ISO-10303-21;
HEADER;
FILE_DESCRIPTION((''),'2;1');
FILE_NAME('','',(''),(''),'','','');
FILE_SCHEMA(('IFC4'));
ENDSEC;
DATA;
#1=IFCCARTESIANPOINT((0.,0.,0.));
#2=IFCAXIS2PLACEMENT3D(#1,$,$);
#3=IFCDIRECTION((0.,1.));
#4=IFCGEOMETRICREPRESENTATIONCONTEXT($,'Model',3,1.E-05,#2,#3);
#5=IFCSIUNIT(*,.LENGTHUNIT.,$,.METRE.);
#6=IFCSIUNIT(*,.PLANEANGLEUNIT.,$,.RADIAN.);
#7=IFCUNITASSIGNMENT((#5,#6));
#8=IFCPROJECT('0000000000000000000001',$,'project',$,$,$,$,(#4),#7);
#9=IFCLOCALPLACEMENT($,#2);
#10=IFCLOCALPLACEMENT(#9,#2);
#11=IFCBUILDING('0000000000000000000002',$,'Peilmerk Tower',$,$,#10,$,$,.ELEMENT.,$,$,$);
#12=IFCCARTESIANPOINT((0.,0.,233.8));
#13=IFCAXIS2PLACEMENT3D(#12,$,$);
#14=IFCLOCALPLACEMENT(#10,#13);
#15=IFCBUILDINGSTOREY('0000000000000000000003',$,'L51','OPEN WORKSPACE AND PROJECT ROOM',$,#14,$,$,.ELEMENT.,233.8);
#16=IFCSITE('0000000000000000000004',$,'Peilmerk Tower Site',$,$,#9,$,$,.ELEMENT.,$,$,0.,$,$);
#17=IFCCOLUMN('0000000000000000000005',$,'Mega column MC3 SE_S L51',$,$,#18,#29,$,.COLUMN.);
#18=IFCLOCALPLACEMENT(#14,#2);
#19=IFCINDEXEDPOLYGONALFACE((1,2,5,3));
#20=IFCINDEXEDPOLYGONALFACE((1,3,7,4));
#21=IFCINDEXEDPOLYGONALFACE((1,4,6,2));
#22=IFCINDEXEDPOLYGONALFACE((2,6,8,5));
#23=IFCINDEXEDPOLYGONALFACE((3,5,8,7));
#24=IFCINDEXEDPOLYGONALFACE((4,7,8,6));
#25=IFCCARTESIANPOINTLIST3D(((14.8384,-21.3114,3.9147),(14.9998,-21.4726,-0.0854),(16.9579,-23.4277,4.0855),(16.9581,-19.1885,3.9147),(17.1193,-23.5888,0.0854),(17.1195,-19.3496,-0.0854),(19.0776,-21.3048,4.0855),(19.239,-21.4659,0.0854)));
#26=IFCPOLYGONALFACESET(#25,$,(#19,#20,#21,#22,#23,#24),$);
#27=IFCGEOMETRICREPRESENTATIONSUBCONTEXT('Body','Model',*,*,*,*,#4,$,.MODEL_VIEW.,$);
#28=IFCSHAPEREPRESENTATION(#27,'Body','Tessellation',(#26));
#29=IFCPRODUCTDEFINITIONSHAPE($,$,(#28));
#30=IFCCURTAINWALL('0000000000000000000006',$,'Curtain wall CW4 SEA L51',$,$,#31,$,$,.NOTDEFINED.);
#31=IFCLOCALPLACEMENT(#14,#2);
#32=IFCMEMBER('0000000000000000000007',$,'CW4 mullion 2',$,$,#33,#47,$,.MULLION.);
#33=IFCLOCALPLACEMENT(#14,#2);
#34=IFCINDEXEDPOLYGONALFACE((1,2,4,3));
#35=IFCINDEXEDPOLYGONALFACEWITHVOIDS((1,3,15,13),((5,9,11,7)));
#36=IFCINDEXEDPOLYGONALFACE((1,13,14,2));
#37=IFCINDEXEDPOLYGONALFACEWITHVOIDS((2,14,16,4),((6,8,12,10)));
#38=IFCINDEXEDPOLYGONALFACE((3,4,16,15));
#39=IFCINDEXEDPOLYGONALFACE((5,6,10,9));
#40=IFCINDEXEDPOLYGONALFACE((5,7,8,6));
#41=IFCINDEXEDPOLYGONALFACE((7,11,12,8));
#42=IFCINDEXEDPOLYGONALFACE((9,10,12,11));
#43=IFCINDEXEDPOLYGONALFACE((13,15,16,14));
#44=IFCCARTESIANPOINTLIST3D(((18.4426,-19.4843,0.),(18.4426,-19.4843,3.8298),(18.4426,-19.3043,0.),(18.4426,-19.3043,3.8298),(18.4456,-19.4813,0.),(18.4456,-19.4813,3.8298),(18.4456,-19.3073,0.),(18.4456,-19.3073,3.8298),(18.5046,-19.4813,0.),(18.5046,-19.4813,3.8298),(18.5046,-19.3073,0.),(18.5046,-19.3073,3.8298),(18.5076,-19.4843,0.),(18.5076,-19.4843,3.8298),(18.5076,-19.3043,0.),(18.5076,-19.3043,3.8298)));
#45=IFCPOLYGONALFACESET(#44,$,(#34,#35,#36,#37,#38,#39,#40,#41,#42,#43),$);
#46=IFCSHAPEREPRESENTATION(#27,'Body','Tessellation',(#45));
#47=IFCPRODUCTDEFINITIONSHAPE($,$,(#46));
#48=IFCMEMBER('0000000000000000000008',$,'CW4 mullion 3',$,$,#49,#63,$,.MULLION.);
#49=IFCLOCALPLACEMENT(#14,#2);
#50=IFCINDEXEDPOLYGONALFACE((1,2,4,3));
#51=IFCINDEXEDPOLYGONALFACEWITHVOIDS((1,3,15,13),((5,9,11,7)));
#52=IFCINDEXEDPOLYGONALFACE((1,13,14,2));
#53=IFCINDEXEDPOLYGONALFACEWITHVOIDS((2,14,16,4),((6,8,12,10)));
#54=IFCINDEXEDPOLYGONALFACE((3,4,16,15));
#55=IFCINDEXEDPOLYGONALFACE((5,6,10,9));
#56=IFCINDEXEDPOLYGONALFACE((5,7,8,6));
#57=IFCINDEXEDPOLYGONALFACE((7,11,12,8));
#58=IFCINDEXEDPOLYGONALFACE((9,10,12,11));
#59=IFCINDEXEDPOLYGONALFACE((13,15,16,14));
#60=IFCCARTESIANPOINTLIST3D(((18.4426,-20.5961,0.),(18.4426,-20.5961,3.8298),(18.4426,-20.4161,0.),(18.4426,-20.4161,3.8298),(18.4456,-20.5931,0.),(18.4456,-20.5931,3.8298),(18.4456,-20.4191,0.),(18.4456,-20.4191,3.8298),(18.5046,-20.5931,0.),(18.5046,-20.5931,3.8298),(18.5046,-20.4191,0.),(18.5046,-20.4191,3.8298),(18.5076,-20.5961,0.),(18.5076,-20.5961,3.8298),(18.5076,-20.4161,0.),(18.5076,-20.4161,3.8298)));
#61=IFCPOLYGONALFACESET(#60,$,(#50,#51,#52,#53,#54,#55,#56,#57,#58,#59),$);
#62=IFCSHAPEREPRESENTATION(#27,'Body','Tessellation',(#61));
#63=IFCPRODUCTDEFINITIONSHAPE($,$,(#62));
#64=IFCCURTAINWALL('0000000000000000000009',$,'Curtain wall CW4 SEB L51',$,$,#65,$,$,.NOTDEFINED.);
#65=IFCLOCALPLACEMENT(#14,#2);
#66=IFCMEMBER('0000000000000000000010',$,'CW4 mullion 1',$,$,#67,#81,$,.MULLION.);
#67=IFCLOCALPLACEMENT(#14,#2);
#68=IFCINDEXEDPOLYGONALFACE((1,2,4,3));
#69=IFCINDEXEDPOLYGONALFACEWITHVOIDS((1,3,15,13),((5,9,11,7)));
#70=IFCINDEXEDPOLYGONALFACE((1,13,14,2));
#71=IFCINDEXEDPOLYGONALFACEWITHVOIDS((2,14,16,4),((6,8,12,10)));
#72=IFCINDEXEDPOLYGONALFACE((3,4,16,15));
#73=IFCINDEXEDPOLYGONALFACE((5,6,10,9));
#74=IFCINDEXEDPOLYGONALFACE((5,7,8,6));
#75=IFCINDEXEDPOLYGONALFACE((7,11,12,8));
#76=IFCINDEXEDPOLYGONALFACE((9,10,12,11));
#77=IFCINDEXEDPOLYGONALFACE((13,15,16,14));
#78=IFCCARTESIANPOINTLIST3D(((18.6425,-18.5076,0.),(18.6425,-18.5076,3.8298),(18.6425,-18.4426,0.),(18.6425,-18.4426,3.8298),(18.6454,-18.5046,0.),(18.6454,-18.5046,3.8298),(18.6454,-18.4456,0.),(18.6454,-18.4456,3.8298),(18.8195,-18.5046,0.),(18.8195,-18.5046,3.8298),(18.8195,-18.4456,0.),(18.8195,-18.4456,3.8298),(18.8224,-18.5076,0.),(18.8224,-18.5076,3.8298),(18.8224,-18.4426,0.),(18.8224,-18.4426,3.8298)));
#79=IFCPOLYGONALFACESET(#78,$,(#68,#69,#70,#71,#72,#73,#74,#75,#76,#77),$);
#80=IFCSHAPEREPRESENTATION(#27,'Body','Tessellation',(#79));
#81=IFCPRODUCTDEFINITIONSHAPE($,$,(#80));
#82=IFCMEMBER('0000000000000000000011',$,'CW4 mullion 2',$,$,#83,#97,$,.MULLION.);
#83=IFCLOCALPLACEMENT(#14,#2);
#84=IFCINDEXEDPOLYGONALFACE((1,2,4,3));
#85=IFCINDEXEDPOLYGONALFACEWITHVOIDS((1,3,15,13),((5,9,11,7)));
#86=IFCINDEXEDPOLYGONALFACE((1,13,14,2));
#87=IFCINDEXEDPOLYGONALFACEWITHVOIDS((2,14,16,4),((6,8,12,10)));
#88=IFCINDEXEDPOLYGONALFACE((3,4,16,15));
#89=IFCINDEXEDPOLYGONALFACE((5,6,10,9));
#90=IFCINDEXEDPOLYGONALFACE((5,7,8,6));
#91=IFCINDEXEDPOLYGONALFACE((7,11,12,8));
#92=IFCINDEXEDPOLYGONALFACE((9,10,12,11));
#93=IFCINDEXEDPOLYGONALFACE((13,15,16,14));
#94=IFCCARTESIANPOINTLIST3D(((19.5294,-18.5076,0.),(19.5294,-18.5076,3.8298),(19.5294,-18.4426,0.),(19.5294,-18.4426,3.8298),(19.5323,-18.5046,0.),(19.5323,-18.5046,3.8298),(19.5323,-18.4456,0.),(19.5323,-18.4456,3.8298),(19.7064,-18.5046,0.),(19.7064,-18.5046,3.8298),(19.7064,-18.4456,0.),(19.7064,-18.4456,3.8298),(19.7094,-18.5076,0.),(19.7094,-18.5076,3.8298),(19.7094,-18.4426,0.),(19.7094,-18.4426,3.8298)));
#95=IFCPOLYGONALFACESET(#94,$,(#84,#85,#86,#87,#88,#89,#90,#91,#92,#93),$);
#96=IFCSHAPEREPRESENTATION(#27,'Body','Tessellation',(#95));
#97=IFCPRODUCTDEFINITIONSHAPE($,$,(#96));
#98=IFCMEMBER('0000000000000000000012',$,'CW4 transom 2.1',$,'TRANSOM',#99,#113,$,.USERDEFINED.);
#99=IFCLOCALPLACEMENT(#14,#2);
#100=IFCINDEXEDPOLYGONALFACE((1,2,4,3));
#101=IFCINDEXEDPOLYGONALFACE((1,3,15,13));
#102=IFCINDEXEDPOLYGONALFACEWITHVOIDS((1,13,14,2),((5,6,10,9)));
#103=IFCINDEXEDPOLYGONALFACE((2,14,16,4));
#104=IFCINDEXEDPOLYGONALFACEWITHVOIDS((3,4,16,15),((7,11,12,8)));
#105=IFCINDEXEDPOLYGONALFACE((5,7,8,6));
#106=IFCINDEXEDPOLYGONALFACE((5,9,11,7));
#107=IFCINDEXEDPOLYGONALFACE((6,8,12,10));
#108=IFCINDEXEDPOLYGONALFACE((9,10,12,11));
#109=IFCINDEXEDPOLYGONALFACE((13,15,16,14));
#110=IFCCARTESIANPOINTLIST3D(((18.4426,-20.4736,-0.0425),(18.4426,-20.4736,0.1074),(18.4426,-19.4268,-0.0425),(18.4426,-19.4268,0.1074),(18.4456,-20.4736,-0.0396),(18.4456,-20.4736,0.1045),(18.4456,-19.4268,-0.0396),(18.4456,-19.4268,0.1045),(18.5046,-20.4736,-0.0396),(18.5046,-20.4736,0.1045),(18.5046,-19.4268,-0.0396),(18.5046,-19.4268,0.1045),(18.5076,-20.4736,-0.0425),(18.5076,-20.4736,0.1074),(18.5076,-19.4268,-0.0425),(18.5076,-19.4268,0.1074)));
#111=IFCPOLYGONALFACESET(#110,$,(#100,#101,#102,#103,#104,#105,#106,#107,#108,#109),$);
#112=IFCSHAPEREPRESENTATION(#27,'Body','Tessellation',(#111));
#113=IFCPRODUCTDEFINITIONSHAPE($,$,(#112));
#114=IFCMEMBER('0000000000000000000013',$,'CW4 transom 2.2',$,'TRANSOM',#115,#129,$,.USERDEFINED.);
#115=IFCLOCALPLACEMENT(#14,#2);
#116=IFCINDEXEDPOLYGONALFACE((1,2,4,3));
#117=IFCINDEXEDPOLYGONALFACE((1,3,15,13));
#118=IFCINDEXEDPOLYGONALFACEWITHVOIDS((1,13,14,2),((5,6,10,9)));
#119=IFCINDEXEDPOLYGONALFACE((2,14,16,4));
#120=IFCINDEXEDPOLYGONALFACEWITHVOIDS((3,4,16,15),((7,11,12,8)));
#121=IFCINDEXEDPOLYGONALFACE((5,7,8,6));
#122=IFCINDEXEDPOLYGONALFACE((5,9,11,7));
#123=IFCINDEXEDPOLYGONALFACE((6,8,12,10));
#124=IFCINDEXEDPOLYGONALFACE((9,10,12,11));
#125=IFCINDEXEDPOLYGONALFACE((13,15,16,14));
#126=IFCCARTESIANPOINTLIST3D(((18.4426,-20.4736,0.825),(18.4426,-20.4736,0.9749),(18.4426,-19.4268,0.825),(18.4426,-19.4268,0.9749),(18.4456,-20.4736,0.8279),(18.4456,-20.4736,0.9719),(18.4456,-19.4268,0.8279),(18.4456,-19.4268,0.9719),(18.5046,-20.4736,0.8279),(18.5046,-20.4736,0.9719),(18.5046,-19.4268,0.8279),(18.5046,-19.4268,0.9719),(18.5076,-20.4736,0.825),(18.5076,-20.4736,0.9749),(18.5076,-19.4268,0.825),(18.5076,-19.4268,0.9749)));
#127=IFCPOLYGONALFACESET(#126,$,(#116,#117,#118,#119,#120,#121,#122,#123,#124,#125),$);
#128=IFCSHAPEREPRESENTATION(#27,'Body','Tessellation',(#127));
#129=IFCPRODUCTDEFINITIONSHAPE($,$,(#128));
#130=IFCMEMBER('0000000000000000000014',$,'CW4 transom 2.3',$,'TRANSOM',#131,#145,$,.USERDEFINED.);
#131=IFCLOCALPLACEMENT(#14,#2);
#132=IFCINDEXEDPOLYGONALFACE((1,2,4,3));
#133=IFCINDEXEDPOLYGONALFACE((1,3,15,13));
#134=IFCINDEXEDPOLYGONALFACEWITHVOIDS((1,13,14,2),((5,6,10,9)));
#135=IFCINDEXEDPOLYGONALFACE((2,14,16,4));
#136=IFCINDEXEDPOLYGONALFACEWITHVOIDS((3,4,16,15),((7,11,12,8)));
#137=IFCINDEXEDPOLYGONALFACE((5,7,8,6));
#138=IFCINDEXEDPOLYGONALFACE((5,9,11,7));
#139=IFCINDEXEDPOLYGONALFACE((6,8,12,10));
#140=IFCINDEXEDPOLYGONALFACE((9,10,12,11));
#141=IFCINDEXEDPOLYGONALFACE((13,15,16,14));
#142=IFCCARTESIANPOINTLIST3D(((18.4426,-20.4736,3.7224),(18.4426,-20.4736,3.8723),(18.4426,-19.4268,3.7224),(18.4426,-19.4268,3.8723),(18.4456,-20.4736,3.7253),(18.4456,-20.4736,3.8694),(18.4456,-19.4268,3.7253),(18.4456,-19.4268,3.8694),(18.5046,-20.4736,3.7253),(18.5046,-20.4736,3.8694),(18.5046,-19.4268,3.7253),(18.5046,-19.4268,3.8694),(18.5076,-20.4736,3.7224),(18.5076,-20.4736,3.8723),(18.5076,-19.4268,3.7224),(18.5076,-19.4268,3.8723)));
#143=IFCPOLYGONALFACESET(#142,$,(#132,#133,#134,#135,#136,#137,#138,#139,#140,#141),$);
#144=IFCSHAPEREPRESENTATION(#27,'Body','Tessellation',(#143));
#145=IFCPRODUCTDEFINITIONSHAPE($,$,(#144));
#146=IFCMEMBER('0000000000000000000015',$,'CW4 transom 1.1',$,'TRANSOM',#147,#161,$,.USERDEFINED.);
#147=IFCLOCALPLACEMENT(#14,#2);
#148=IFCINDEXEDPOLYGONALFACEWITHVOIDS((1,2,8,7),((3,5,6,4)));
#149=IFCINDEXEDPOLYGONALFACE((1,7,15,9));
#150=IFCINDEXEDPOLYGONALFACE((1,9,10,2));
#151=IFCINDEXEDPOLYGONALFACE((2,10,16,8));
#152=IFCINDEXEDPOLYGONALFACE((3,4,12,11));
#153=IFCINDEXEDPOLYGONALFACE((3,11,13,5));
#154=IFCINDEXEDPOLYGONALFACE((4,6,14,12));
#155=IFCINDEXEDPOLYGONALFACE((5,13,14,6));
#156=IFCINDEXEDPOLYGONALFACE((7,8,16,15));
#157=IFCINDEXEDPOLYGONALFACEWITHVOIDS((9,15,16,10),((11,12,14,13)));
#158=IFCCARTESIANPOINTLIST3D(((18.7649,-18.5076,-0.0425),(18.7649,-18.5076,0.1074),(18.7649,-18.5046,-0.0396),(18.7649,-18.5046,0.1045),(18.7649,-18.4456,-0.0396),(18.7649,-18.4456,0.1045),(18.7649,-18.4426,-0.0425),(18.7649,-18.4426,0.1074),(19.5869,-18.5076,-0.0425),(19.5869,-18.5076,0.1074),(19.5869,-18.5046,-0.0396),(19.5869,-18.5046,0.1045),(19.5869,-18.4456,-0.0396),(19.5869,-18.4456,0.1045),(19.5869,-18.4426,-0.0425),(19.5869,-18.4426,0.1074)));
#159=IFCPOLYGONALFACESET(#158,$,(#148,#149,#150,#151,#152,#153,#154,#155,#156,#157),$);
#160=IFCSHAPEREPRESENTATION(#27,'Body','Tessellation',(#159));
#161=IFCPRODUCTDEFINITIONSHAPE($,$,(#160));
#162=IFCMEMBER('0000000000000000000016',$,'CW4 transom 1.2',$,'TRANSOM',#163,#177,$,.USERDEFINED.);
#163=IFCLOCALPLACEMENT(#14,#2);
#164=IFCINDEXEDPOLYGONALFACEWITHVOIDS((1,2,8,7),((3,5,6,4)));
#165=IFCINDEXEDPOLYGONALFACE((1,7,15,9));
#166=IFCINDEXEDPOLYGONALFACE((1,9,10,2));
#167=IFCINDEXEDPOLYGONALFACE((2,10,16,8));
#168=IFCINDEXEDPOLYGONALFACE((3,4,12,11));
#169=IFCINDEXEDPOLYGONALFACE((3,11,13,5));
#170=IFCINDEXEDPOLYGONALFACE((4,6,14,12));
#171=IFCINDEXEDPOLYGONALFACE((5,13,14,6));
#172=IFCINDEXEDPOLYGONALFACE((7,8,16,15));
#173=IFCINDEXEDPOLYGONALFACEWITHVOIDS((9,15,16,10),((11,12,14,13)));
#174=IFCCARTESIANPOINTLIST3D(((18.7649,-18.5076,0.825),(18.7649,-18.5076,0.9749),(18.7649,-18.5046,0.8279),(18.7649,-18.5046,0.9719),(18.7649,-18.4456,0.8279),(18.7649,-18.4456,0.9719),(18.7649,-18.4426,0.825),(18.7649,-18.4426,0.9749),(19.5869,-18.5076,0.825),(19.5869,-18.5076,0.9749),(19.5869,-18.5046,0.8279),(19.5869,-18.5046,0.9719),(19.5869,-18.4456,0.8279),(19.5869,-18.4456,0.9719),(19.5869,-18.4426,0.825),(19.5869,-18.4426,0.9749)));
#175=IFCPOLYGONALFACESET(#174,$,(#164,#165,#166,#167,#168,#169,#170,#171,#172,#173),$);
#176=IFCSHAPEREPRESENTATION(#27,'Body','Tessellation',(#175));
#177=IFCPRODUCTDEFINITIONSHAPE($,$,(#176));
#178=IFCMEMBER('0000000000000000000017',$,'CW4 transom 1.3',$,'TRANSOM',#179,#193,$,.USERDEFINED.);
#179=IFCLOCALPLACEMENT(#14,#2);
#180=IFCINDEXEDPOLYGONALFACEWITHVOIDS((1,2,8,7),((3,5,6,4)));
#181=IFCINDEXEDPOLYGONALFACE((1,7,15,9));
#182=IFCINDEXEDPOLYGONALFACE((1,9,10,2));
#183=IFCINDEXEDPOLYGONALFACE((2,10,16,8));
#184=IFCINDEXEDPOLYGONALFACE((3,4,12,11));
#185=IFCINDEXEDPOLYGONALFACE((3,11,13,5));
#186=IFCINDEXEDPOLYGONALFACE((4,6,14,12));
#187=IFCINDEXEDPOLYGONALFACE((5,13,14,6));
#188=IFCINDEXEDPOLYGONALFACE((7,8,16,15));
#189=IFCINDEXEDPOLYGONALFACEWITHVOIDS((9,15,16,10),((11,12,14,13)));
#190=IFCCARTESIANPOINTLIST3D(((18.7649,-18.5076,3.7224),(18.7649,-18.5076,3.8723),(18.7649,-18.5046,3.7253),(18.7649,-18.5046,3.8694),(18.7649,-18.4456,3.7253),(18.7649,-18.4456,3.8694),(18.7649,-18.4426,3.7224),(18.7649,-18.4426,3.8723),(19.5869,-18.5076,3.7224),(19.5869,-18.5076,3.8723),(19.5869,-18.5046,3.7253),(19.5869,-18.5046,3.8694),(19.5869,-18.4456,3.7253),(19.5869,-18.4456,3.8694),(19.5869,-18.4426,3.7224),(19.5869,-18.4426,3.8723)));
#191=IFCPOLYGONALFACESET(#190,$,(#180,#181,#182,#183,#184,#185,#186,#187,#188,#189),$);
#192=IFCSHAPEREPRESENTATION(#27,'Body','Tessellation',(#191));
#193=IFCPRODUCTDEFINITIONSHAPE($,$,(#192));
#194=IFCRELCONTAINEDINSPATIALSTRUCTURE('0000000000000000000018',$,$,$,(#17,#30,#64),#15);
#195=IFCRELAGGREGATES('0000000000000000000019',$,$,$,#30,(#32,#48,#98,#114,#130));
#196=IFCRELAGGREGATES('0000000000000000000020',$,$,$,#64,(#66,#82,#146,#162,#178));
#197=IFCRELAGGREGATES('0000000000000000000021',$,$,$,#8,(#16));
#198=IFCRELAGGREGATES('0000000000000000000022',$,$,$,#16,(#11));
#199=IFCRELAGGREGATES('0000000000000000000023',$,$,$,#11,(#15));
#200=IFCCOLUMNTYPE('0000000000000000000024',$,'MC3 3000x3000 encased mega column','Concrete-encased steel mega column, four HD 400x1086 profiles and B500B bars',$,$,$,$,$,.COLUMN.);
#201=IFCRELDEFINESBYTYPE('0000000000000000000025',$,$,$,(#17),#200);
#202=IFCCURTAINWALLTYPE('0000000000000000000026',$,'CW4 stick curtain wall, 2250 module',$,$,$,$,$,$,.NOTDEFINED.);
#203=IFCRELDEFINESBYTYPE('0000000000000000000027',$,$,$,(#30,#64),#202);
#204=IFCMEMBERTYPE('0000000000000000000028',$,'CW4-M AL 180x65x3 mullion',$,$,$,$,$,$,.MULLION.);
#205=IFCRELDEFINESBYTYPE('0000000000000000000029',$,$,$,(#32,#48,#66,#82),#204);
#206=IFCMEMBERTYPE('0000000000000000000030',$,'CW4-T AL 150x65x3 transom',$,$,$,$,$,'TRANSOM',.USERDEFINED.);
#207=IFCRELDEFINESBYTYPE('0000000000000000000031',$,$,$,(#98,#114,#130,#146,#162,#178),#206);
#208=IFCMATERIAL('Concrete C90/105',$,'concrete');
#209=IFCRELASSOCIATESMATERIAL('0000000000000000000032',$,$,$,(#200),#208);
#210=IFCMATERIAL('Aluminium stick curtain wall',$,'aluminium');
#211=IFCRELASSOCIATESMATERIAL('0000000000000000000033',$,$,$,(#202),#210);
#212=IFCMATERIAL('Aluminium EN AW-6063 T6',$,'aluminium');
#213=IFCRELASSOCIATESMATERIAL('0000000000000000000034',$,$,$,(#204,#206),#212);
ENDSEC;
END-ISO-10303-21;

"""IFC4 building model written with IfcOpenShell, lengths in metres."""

from ifc_helpers import new_model, si_unit, direction, frame, origin, origin_2d, place, context, subcontext, project, spatial, rectangle, hollow_rectangle, extrude, material, material_profile, profile_set, type_object, element, aggregate, save


model = new_model("IFC4")

# Units and contexts
model_context = context("Model", 3, precision=1e-05, world=origin(), true_north=direction((0.0, 1.0)))
body_context = subcontext(model_context, "Body", "Model", "MODEL_VIEW")
ifc_project = project(units=[si_unit("LENGTHUNIT", "METRE"), si_unit("PLANEANGLEUNIT", "RADIAN")], contexts=[model_context])

# Site, building, storey
site_placement = place(None, origin())
site = spatial("IfcSite", under=ifc_project, at=site_placement, Name="Peilmerk Tower Site", CompositionType="ELEMENT", RefElevation=0.0)
building_placement = place(site_placement, origin())
building = spatial("IfcBuilding", under=site, at=building_placement, Name="Peilmerk Tower", CompositionType="ELEMENT")
storey_placement = place(building_placement, frame((0.0, 0.0, 233.8)))
storey = spatial("IfcBuildingStorey", under=building, at=storey_placement, Name="L51", Description="OPEN WORKSPACE AND PROJECT ROOM", CompositionType="ELEMENT", Elevation=233.8)

# Column
ifc_material_1 = material(Name="Concrete C90/105", Category="concrete")
ifc_material_profile_1 = material_profile(ifc_material_1, rectangle(XDim=3.0, YDim=3.0, at=origin_2d()), Name="RC 3000x3000")
ifc_profile_set_1 = profile_set([ifc_material_profile_1], Name="Concrete C90/105")
column_type = type_object("IfcColumnType", Name="MC3 3000x3000 encased mega column", Description="Concrete-encased steel mega column, four HD 400x1086 profiles and B500B bars", PredefinedType="COLUMN", material=ifc_profile_set_1)
column_placement = place(storey_placement, frame((17.1194, -21.4692, 0.0), z_axis=(-0.040279, 0.040218, 0.998379), x_axis=(-0.706571, -0.707642, 0.0)))
element("IfcColumn", 1, at=column_placement, inside=storey, type_object=column_type, Name="Mega column MC3 SE_S L51", PredefinedType="COLUMN", context=body_context, shape_type="SweptSolid", body=[
    extrude(rectangle(XDim=3.0, YDim=3.0, at=origin_2d()), origin(), (0.0, 0.0, 1.0), 4.0066),
])

# Curtain walls, members
ifc_material_2 = material(Name="Aluminium stick curtain wall", Category="aluminium")
curtain_wall_type = type_object("IfcCurtainWallType", Name="CW4 stick curtain wall, 2250 module", PredefinedType="NOTDEFINED", material=ifc_material_2)
curtain_wall_1_placement = place(storey_placement, origin())
curtain_wall_1 = element("IfcCurtainWall", 2, at=curtain_wall_1_placement, inside=storey, type_object=curtain_wall_type, Name="Curtain wall CW4 SEA L51", PredefinedType="NOTDEFINED")
ifc_material_3 = material(Name="Aluminium EN AW-6063 T6", Category="aluminium")
ifc_material_profile_2 = material_profile(ifc_material_3, hollow_rectangle(XDim=0.0649, YDim=0.1799, WallThickness=0.0029, at=origin_2d()), Name="AL 180x65x3")
ifc_profile_set_2 = profile_set([ifc_material_profile_2], Name="Aluminium EN AW-6063 T6")
member_type_1 = type_object("IfcMemberType", Name="CW4-M AL 180x65x3 mullion", PredefinedType="MULLION", material=ifc_profile_set_2)
member_1_placement = place(storey_placement, frame((18.4751, -19.3943, 0.0), z_axis=(0.0, 0.0, 1.0), x_axis=(1.0, 0.0, 0.0)))
member_1 = element("IfcMember", 3, at=member_1_placement, type_object=member_type_1, Name="CW4 mullion 2", PredefinedType="MULLION", context=body_context, shape_type="SweptSolid", body=[
    extrude(hollow_rectangle(XDim=0.0649, YDim=0.1799, WallThickness=0.0029, at=origin_2d()), origin(), (0.0, 0.0, 1.0), 3.8298),
])
member_2_placement = place(storey_placement, frame((18.4751, -20.5061, 0.0), z_axis=(0.0, 0.0, 1.0), x_axis=(1.0, 0.0, 0.0)))
member_2 = element("IfcMember", 4, at=member_2_placement, type_object=member_type_1, Name="CW4 mullion 3", PredefinedType="MULLION", context=body_context, shape_type="SweptSolid", body=[
    extrude(hollow_rectangle(XDim=0.0649, YDim=0.1799, WallThickness=0.0029, at=origin_2d()), origin(), (0.0, 0.0, 1.0), 3.8298),
])
curtain_wall_2_placement = place(storey_placement, origin())
curtain_wall_2 = element("IfcCurtainWall", 5, at=curtain_wall_2_placement, inside=storey, type_object=curtain_wall_type, Name="Curtain wall CW4 SEB L51", PredefinedType="NOTDEFINED")
member_3_placement = place(storey_placement, frame((18.7324, -18.4751, 0.0), z_axis=(0.0, 0.0, 1.0), x_axis=(0.0, 1.0, 0.0)))
member_3 = element("IfcMember", 6, at=member_3_placement, type_object=member_type_1, Name="CW4 mullion 1", PredefinedType="MULLION", context=body_context, shape_type="SweptSolid", body=[
    extrude(hollow_rectangle(XDim=0.0649, YDim=0.1799, WallThickness=0.0029, at=origin_2d()), origin(), (0.0, 0.0, 1.0), 3.8298),
])
member_4_placement = place(storey_placement, frame((19.6194, -18.4751, 0.0), z_axis=(0.0, 0.0, 1.0), x_axis=(0.0, 1.0, 0.0)))
member_4 = element("IfcMember", 7, at=member_4_placement, type_object=member_type_1, Name="CW4 mullion 2", PredefinedType="MULLION", context=body_context, shape_type="SweptSolid", body=[
    extrude(hollow_rectangle(XDim=0.0649, YDim=0.1799, WallThickness=0.0029, at=origin_2d()), origin(), (0.0, 0.0, 1.0), 3.8298),
])

# Members
ifc_material_profile_3 = material_profile(ifc_material_3, hollow_rectangle(XDim=0.0649, YDim=0.1499, WallThickness=0.0029, at=origin_2d()), Name="AL 150x65x3")
ifc_profile_set_3 = profile_set([ifc_material_profile_3], Name="Aluminium EN AW-6063 T6")
member_type_2 = type_object("IfcMemberType", Name="CW4-T AL 150x65x3 transom", ElementType="TRANSOM", PredefinedType="USERDEFINED", material=ifc_profile_set_3)
member_5_placement = place(storey_placement, frame((18.4751, -19.4268, 0.0325), z_axis=(0.0, -1.0, 0.0), x_axis=(1.0, 0.0, 0.0)))
member_5 = element("IfcMember", 8, at=member_5_placement, type_object=member_type_2, Name="CW4 transom 2.1", ObjectType="TRANSOM", PredefinedType="USERDEFINED", context=body_context, shape_type="SweptSolid", body=[
    extrude(hollow_rectangle(XDim=0.0649, YDim=0.1499, WallThickness=0.0029, at=origin_2d()), origin(), (0.0, 0.0, 1.0), 1.0469),
])
member_6_placement = place(storey_placement, frame((18.4751, -19.4268, 0.8999), z_axis=(0.0, -1.0, 0.0), x_axis=(1.0, 0.0, 0.0)))
member_6 = element("IfcMember", 9, at=member_6_placement, type_object=member_type_2, Name="CW4 transom 2.2", ObjectType="TRANSOM", PredefinedType="USERDEFINED", context=body_context, shape_type="SweptSolid", body=[
    extrude(hollow_rectangle(XDim=0.0649, YDim=0.1499, WallThickness=0.0029, at=origin_2d()), origin(), (0.0, 0.0, 1.0), 1.0469),
])
member_7_placement = place(storey_placement, frame((18.4751, -19.4268, 3.7974), z_axis=(0.0, -1.0, 0.0), x_axis=(1.0, 0.0, 0.0)))
member_7 = element("IfcMember", 10, at=member_7_placement, type_object=member_type_2, Name="CW4 transom 2.3", ObjectType="TRANSOM", PredefinedType="USERDEFINED", context=body_context, shape_type="SweptSolid", body=[
    extrude(hollow_rectangle(XDim=0.0649, YDim=0.1499, WallThickness=0.0029, at=origin_2d()), origin(), (0.0, 0.0, 1.0), 1.0469),
])
member_8_placement = place(storey_placement, frame((18.7649, -18.4751, 0.0325), z_axis=(1.0, 0.0, 0.0), x_axis=(0.0, 1.0, 0.0)))
member_8 = element("IfcMember", 11, at=member_8_placement, type_object=member_type_2, Name="CW4 transom 1.1", ObjectType="TRANSOM", PredefinedType="USERDEFINED", context=body_context, shape_type="SweptSolid", body=[
    extrude(hollow_rectangle(XDim=0.0649, YDim=0.1499, WallThickness=0.0029, at=origin_2d()), origin(), (0.0, 0.0, 1.0), 0.822),
])
member_9_placement = place(storey_placement, frame((18.7649, -18.4751, 0.8999), z_axis=(1.0, 0.0, 0.0), x_axis=(0.0, 1.0, 0.0)))
member_9 = element("IfcMember", 12, at=member_9_placement, type_object=member_type_2, Name="CW4 transom 1.2", ObjectType="TRANSOM", PredefinedType="USERDEFINED", context=body_context, shape_type="SweptSolid", body=[
    extrude(hollow_rectangle(XDim=0.0649, YDim=0.1499, WallThickness=0.0029, at=origin_2d()), origin(), (0.0, 0.0, 1.0), 0.822),
])
member_10_placement = place(storey_placement, frame((18.7649, -18.4751, 3.7974), z_axis=(1.0, 0.0, 0.0), x_axis=(0.0, 1.0, 0.0)))
member_10 = element("IfcMember", 13, at=member_10_placement, type_object=member_type_2, Name="CW4 transom 1.3", ObjectType="TRANSOM", PredefinedType="USERDEFINED", context=body_context, shape_type="SweptSolid", body=[
    extrude(hollow_rectangle(XDim=0.0649, YDim=0.1499, WallThickness=0.0029, at=origin_2d()), origin(), (0.0, 0.0, 1.0), 0.822),
])

aggregate(curtain_wall_1, [member_1, member_2, member_5, member_6, member_7])
aggregate(curtain_wall_2, [member_3, member_4, member_8, member_9, member_10])

save(model, "model.ifc")
